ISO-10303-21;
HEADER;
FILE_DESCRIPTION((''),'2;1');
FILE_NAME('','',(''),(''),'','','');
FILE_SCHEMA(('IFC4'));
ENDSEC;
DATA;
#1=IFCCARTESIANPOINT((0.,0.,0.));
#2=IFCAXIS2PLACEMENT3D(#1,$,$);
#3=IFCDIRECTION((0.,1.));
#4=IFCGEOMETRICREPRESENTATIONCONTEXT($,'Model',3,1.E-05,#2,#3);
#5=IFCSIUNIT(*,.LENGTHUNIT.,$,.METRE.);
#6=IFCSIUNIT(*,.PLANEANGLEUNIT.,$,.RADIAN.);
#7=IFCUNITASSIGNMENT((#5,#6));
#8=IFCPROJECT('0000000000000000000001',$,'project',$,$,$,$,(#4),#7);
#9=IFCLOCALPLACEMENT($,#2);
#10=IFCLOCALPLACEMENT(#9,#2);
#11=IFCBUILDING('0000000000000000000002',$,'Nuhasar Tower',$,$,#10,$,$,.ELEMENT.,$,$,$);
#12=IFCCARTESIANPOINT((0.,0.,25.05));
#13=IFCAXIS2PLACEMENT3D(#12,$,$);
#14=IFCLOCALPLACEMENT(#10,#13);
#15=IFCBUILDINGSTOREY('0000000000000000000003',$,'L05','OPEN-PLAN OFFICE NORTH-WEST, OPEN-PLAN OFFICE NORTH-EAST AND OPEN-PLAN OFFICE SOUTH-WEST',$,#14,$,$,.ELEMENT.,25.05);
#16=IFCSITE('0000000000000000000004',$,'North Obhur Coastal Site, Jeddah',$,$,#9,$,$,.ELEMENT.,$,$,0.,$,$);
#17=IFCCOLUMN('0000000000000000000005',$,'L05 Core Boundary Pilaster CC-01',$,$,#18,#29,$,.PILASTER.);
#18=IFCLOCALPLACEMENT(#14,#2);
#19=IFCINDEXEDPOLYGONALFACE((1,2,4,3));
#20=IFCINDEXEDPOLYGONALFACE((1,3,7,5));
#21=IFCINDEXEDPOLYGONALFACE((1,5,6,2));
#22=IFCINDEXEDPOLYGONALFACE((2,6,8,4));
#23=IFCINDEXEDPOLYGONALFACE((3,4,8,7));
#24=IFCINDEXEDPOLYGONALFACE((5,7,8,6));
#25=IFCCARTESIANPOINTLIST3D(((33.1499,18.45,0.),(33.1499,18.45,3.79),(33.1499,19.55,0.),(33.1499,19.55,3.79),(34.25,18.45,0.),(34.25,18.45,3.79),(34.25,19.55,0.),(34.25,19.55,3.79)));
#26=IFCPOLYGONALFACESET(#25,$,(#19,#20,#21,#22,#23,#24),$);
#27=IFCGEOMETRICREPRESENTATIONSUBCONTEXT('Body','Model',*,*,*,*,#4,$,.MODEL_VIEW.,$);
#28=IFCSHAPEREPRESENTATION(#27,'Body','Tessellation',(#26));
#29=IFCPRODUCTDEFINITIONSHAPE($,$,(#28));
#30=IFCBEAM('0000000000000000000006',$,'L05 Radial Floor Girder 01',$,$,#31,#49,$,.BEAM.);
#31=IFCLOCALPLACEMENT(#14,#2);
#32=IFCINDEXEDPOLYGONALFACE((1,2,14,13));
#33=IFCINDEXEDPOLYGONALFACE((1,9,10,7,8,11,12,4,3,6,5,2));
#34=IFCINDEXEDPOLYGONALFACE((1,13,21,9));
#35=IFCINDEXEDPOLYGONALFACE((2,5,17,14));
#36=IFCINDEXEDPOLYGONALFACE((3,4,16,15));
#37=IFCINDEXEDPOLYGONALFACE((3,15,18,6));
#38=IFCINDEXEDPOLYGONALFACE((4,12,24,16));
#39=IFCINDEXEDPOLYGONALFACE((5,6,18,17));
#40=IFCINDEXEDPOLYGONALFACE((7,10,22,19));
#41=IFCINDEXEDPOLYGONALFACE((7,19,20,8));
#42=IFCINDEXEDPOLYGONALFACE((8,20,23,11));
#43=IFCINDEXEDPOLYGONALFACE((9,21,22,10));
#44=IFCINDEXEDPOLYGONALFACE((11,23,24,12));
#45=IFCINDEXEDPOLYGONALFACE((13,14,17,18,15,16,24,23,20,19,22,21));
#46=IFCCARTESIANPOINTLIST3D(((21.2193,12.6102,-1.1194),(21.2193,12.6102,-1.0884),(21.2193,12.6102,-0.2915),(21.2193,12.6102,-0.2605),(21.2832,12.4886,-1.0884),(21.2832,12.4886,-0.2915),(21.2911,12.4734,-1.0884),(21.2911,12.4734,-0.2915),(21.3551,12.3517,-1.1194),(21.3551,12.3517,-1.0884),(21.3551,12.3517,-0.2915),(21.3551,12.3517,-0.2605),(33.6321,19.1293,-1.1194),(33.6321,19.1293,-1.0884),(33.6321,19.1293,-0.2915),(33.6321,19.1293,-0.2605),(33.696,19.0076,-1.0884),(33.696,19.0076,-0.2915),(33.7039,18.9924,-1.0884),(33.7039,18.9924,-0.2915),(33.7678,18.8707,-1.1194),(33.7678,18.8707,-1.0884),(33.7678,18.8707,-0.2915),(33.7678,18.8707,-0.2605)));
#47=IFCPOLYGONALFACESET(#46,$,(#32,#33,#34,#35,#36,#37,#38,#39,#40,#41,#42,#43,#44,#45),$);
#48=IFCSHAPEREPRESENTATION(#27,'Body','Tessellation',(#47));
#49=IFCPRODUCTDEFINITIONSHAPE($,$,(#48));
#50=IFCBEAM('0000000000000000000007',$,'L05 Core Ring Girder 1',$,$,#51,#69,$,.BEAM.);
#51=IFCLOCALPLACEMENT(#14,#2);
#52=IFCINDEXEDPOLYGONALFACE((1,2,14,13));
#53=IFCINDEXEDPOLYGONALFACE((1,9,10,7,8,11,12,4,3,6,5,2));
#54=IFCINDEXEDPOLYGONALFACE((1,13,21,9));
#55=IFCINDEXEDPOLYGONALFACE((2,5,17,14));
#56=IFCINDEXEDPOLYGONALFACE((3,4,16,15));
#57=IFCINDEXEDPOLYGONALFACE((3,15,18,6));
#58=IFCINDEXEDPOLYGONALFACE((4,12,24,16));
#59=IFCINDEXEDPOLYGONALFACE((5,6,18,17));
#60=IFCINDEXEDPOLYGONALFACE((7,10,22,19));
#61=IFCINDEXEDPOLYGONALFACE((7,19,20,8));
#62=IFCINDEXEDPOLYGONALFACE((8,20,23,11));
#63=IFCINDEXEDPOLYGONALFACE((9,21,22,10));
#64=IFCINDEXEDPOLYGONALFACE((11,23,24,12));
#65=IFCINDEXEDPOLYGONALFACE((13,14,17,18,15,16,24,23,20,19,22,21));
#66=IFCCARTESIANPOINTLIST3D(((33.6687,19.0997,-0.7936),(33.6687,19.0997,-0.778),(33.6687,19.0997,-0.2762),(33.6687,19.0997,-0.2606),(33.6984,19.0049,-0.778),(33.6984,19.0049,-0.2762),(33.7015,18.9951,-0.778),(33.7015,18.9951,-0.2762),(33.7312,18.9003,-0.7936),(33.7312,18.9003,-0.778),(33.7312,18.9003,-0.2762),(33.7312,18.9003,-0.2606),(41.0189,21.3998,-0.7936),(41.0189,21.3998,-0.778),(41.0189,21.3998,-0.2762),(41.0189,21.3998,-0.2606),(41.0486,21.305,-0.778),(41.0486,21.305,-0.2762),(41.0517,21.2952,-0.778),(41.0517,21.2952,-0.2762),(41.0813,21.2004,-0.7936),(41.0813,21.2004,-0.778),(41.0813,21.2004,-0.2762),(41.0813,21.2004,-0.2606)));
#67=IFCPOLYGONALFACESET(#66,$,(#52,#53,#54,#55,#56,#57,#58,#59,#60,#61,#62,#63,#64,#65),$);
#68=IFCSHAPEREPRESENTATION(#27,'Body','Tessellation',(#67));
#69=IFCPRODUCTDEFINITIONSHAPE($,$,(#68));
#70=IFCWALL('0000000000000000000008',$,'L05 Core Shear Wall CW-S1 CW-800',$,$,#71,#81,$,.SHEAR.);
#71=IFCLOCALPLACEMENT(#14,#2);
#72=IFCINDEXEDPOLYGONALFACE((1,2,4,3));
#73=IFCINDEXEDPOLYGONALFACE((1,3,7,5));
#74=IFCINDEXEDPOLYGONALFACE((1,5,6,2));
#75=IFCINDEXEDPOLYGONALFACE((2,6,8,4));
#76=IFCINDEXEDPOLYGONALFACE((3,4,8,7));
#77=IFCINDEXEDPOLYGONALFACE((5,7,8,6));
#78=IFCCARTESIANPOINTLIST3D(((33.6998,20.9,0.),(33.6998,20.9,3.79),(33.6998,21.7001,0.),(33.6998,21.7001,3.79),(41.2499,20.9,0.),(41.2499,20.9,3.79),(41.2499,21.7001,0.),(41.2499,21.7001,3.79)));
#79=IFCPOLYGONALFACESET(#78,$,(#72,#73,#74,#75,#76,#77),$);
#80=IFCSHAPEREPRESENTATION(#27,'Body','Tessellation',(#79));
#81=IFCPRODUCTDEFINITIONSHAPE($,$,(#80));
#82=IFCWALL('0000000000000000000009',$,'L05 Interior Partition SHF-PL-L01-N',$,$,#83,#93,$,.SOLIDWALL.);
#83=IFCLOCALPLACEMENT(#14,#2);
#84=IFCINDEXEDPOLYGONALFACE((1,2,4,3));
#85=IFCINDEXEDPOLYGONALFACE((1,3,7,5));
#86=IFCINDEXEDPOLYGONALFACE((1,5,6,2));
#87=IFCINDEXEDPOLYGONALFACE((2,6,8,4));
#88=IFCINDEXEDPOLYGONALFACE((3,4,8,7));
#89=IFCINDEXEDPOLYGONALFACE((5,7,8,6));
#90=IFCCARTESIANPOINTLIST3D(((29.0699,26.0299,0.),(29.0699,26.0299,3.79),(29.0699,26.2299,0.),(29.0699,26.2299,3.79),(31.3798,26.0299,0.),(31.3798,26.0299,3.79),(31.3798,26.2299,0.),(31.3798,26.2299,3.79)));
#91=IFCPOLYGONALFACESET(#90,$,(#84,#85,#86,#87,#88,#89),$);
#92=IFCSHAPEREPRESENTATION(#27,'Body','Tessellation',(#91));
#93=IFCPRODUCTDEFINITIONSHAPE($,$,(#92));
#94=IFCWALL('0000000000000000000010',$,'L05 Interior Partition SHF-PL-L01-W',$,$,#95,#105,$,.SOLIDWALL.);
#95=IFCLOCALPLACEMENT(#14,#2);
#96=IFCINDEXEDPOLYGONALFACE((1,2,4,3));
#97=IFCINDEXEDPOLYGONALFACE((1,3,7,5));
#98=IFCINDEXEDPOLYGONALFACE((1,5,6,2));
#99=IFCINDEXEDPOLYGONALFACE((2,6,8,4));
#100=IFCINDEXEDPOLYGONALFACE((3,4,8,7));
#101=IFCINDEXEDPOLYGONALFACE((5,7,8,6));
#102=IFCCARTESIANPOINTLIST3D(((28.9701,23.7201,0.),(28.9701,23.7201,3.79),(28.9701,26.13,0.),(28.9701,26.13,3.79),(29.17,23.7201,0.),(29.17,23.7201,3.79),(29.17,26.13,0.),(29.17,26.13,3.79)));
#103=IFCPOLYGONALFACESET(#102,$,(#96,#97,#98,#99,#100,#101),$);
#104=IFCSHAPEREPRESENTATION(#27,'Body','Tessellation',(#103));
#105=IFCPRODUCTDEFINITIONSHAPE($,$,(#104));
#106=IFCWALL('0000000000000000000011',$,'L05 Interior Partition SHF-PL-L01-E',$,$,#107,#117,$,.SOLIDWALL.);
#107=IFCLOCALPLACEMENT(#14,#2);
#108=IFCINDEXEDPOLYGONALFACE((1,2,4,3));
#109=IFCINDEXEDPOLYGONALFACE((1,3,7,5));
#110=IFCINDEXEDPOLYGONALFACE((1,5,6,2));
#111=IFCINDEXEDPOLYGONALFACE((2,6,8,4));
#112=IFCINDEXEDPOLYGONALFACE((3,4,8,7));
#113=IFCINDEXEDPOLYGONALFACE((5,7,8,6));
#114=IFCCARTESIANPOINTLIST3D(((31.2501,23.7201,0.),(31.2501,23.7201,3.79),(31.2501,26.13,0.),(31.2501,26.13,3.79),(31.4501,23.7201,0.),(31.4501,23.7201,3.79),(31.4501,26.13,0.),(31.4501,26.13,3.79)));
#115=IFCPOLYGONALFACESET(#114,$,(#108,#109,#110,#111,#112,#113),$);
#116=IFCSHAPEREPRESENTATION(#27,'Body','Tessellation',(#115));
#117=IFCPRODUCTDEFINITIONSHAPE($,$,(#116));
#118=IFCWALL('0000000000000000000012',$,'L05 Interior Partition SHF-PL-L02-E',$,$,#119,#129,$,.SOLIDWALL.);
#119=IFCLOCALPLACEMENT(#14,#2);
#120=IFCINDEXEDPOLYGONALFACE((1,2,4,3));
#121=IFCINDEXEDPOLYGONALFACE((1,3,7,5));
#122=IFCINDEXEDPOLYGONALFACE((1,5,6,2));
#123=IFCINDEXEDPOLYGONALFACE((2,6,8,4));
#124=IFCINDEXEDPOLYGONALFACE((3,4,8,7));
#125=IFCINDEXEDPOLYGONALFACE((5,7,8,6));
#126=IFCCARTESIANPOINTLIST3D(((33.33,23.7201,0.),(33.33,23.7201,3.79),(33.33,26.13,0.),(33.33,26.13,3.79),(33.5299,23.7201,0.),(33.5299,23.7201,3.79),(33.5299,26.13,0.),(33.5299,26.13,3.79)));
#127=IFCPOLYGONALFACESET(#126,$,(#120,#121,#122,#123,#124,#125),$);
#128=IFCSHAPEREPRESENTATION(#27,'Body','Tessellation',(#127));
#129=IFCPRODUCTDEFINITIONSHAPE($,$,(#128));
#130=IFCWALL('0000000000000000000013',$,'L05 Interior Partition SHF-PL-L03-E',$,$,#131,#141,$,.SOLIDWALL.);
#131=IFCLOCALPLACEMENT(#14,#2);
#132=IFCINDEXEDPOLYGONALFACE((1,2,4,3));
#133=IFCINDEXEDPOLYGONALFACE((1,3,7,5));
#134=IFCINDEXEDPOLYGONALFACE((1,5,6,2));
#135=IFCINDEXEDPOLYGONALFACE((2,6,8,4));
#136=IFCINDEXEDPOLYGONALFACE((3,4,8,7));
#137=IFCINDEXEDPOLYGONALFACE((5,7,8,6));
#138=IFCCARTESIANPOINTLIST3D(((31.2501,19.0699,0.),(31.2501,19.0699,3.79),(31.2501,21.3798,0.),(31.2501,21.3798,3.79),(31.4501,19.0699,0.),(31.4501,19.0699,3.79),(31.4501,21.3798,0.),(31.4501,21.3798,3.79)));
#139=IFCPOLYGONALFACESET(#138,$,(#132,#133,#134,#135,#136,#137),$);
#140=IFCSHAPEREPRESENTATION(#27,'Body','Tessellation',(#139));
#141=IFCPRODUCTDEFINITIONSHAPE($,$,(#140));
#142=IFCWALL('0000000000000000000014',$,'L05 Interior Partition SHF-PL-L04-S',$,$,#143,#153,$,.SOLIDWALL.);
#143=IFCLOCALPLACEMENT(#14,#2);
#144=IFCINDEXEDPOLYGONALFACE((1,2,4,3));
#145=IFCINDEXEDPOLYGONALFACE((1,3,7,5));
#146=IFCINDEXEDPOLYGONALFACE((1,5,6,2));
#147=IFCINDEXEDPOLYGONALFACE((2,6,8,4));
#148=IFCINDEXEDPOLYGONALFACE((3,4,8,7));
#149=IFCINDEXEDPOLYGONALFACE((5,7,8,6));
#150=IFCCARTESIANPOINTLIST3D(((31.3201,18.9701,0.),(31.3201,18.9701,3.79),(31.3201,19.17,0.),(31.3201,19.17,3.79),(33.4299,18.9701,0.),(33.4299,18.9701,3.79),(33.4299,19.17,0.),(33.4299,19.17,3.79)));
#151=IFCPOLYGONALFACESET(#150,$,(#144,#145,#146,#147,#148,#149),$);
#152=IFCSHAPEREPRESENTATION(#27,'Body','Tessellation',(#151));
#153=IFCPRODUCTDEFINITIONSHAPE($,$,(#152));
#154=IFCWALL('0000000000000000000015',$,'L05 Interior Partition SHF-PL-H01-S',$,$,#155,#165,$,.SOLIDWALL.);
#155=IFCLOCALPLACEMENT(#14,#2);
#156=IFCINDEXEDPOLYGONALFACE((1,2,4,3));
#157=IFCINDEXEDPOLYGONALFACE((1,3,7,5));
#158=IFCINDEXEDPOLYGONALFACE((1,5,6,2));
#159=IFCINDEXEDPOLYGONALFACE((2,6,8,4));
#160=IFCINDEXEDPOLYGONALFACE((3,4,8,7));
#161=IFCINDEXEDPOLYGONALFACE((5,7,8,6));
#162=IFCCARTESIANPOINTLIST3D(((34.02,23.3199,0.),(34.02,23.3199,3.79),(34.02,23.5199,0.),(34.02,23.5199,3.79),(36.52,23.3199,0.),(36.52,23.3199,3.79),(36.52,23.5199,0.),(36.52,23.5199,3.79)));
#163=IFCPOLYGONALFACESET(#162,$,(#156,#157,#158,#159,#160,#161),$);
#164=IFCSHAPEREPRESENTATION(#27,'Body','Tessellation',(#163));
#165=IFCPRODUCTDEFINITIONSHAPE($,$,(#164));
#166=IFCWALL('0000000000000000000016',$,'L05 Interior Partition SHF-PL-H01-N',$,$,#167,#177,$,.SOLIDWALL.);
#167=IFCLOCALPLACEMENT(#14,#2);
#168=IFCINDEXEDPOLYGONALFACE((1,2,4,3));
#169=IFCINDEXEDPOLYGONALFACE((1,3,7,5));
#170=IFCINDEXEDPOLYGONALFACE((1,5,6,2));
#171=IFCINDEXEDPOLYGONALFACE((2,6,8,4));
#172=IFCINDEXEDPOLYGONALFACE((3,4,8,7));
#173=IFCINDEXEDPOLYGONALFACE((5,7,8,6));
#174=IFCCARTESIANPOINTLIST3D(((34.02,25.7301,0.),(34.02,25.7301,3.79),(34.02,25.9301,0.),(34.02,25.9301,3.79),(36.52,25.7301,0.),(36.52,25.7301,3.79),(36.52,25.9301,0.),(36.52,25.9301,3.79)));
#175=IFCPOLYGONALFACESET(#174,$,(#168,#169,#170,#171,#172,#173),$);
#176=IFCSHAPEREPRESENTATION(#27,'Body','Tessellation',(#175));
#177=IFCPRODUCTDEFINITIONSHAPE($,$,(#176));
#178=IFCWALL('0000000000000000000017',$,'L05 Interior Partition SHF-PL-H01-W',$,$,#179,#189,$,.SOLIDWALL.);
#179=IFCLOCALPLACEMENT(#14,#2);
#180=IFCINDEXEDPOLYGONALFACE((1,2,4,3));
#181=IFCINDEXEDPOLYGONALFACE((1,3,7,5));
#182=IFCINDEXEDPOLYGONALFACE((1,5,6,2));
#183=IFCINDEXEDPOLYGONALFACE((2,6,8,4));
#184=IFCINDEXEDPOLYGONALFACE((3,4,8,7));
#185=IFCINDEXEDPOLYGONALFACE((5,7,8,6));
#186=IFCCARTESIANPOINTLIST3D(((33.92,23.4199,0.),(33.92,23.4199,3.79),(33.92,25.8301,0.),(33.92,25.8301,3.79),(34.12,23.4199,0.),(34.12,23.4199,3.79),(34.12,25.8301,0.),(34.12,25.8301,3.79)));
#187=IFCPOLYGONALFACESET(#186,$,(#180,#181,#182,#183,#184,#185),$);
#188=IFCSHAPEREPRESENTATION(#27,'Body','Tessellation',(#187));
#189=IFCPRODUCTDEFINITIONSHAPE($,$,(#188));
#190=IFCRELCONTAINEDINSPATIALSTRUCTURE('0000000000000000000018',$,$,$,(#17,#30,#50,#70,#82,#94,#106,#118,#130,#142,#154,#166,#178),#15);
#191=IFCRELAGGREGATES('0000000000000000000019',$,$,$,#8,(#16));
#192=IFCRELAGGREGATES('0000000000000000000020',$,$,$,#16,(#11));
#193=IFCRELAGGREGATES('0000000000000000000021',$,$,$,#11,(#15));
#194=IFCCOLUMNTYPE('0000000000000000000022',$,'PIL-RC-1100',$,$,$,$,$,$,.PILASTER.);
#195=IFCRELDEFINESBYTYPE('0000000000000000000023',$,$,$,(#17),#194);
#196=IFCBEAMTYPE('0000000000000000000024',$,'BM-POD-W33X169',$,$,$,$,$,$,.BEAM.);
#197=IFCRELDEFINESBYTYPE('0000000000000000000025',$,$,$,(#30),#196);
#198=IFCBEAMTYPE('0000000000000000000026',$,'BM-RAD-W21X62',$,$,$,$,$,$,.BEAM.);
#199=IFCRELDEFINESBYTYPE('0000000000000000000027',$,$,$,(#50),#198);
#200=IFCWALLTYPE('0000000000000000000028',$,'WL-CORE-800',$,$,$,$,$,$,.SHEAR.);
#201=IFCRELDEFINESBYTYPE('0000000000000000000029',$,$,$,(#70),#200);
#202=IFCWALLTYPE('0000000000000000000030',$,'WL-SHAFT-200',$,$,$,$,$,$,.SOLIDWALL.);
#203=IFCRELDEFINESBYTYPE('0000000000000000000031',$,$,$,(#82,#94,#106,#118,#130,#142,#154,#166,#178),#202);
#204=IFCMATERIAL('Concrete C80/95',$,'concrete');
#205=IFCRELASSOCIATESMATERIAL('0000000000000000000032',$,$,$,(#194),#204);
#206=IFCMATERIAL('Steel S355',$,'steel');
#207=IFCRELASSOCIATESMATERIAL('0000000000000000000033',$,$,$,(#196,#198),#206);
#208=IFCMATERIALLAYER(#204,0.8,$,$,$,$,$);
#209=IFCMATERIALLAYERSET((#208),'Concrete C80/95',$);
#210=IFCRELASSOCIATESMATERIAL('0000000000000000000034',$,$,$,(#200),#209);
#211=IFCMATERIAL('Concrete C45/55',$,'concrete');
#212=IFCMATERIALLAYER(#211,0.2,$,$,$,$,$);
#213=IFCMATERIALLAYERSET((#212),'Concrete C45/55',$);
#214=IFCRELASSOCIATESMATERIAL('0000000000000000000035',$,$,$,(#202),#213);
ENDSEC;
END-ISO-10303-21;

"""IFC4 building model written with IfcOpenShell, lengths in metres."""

from ifc_helpers import new_model, si_unit, direction, frame, frame_2d, origin, origin_2d, place, context, subcontext, project, spatial, rectangle, i_section, extrude, material, layer, layer_set, material_profile, profile_set, type_object, element, save


model = new_model("IFC4")

# Units and contexts
model_context = context("Model", 3, precision=1e-05, world=origin(), true_north=direction((0.0, 1.0)))
body_context = subcontext(model_context, "Body", "Model", "MODEL_VIEW")
ifc_project = project(units=[si_unit("LENGTHUNIT", "METRE"), si_unit("PLANEANGLEUNIT", "RADIAN")], contexts=[model_context])

# Site, building, storey
site_placement = place(None, origin())
site = spatial("IfcSite", under=ifc_project, at=site_placement, Name="North Obhur Coastal Site, Jeddah", CompositionType="ELEMENT", RefElevation=0.0)
building_placement = place(site_placement, origin())
building = spatial("IfcBuilding", under=site, at=building_placement, Name="Nuhasar Tower", CompositionType="ELEMENT")
storey_placement = place(building_placement, frame((0.0, 0.0, 25.05)))
storey = spatial("IfcBuildingStorey", under=building, at=storey_placement, Name="L05", Description="OPEN-PLAN OFFICE NORTH-WEST, OPEN-PLAN OFFICE NORTH-EAST AND OPEN-PLAN OFFICE SOUTH-WEST", CompositionType="ELEMENT", Elevation=25.05)

# Column
ifc_material_1 = material(Name="Concrete C80/95", Category="concrete")
ifc_material_profile_1 = material_profile(ifc_material_1, rectangle(XDim=1.1001, YDim=1.1001, at=origin_2d()), Name="RC1100X1100")
ifc_profile_set_1 = profile_set([ifc_material_profile_1], Name="Concrete C80/95")
column_type = type_object("IfcColumnType", Name="PIL-RC-1100", PredefinedType="PILASTER", material=ifc_profile_set_1)
column_placement = place(storey_placement, frame((33.7, 19.0, 0.0), z_axis=(0.0, 0.0, 1.0), x_axis=(1.0, 0.0, 0.0)))
element("IfcColumn", 1, at=column_placement, inside=storey, type_object=column_type, Name="L05 Core Boundary Pilaster CC-01", PredefinedType="PILASTER", context=body_context, shape_type="SweptSolid", body=[
    extrude(rectangle(XDim=1.1001, YDim=1.1001, at=origin_2d()), origin(), (0.0, 0.0, 1.0), 3.79),
])

# Beams
ifc_material_2 = material(Name="Steel S355", Category="steel")
ifc_material_profile_2 = material_profile(ifc_material_2, i_section(OverallWidth=0.292, OverallDepth=0.8589, WebThickness=0.0171, FlangeThickness=0.031, at=origin_2d()), Name="W33X169")
ifc_profile_set_2 = profile_set([ifc_material_profile_2], Name="Steel S355")
beam_type_1 = type_object("IfcBeamType", Name="BM-POD-W33X169", PredefinedType="BEAM", material=ifc_profile_set_2)
beam_1_placement = place(storey_placement, frame((33.7, 19.0, -0.6899), z_axis=(-0.88533, -0.464963, 0.0), x_axis=(0.464963, -0.88533, 0.0)))
element("IfcBeam", 2, at=beam_1_placement, inside=storey, type_object=beam_type_1, Name="L05 Radial Floor Girder 01", PredefinedType="BEAM", context=body_context, shape_type="SweptSolid", body=[
    extrude(i_section(OverallWidth=0.292, OverallDepth=0.8589, WebThickness=0.0171, FlangeThickness=0.031, at=origin_2d()), origin(), (0.0, 0.0, 1.0), 14.0205),
])
ifc_material_profile_3 = material_profile(ifc_material_2, i_section(OverallWidth=0.209, OverallDepth=0.533, WebThickness=0.0103, FlangeThickness=0.0156, at=origin_2d()), Name="W21X62")
ifc_profile_set_3 = profile_set([ifc_material_profile_3], Name="Steel S355")
beam_type_2 = type_object("IfcBeamType", Name="BM-RAD-W21X62", PredefinedType="BEAM", material=ifc_profile_set_3)
beam_2_placement = place(storey_placement, frame((33.7, 19.0, -0.5271), z_axis=(0.954364, 0.298647, 0.0), x_axis=(-0.298647, 0.954364, 0.0)))
element("IfcBeam", 3, at=beam_2_placement, inside=storey, type_object=beam_type_2, Name="L05 Core Ring Girder 1", PredefinedType="BEAM", context=body_context, shape_type="SweptSolid", body=[
    extrude(i_section(OverallWidth=0.209, OverallDepth=0.533, WebThickness=0.0103, FlangeThickness=0.0156, at=origin_2d()), origin(), (0.0, 0.0, 1.0), 7.7017),
])

# Wall
ifc_layer_1 = layer(ifc_material_1, 0.8)
ifc_layer_set_1 = layer_set([ifc_layer_1], Name="Concrete C80/95")
wall_type_1 = type_object("IfcWallType", Name="WL-CORE-800", PredefinedType="SHEAR", material=ifc_layer_set_1)
wall_1_placement = place(storey_placement, frame((33.7, 21.3, 0.0), z_axis=(0.0, 0.0, 1.0), x_axis=(1.0, 0.0, 0.0)))
element("IfcWall", 4, at=wall_1_placement, inside=storey, type_object=wall_type_1, Name="L05 Core Shear Wall CW-S1 CW-800", PredefinedType="SHEAR", context=body_context, shape_type="SweptSolid", body=[
    extrude(rectangle(XDim=7.55, YDim=0.8, at=frame_2d((3.7749, 0.0))), origin(), (0.0, 0.0, 1.0), 3.79),
])

# Shared definitions
ifc_material_3 = material(Name="Concrete C45/55", Category="concrete")

# Walls
ifc_layer_2 = layer(ifc_material_3, 0.2)
ifc_layer_set_2 = layer_set([ifc_layer_2], Name="Concrete C45/55")
wall_type_2 = type_object("IfcWallType", Name="WL-SHAFT-200", PredefinedType="SOLIDWALL", material=ifc_layer_set_2)
wall_2_placement = place(storey_placement, frame((29.0701, 26.1299, 0.0), z_axis=(0.0, 0.0, 1.0), x_axis=(1.0, 0.0, 0.0)))
element("IfcWall", 5, at=wall_2_placement, inside=storey, type_object=wall_type_2, Name="L05 Interior Partition SHF-PL-L01-N", PredefinedType="SOLIDWALL", context=body_context, shape_type="SweptSolid", body=[
    extrude(rectangle(XDim=2.3098, YDim=0.2, at=frame_2d((1.1548, 0.0))), origin(), (0.0, 0.0, 1.0), 3.79),
])
for number, where, z_axis, x_axis, name in (
    (6, (29.0701, 23.72, 0.0), (0.0, 0.0, 1.0), (0.0, 1.0, 0.0), "L05 Interior Partition SHF-PL-L01-W"),
    (7, (31.3501, 23.72, 0.0), (0.0, 0.0, 1.0), (0.0, 1.0, 0.0), "L05 Interior Partition SHF-PL-L01-E"),
):
    element("IfcWall", number, at=place(storey_placement, frame(where, z_axis=z_axis, x_axis=x_axis)), inside=storey, type_object=wall_type_2, Name=name, PredefinedType="SOLIDWALL", context=body_context, shape_type="SweptSolid", body=[
        extrude(rectangle(XDim=2.4099, YDim=0.2, at=frame_2d((1.2051, 0.0))), origin(), (0.0, 0.0, 1.0), 3.79),
    ])

# Walls
wall_3_placement = place(storey_placement, frame((33.4299, 23.72, 0.0), z_axis=(0.0, 0.0, 1.0), x_axis=(0.0, 1.0, 0.0)))
element("IfcWall", 8, at=wall_3_placement, inside=storey, type_object=wall_type_2, Name="L05 Interior Partition SHF-PL-L02-E", PredefinedType="SOLIDWALL", context=body_context, shape_type="SweptSolid", body=[
    extrude(rectangle(XDim=2.4099, YDim=0.2, at=frame_2d((1.2051, 0.0))), origin(), (0.0, 0.0, 1.0), 3.79),
])
wall_4_placement = place(storey_placement, frame((31.3501, 19.0701, 0.0), z_axis=(0.0, 0.0, 1.0), x_axis=(0.0, 1.0, 0.0)))
element("IfcWall", 9, at=wall_4_placement, inside=storey, type_object=wall_type_2, Name="L05 Interior Partition SHF-PL-L03-E", PredefinedType="SOLIDWALL", context=body_context, shape_type="SweptSolid", body=[
    extrude(rectangle(XDim=2.3098, YDim=0.2, at=frame_2d((1.1548, 0.0))), origin(), (0.0, 0.0, 1.0), 3.79),
])
wall_5_placement = place(storey_placement, frame((31.3201, 19.0701, 0.0), z_axis=(0.0, 0.0, 1.0), x_axis=(1.0, 0.0, 0.0)))
element("IfcWall", 10, at=wall_5_placement, inside=storey, type_object=wall_type_2, Name="L05 Interior Partition SHF-PL-L04-S", PredefinedType="SOLIDWALL", context=body_context, shape_type="SweptSolid", body=[
    extrude(rectangle(XDim=2.1099, YDim=0.2, at=frame_2d((1.0549, 0.0))), origin(), (0.0, 0.0, 1.0), 3.79),
])

# Walls
for number, where, z_axis, x_axis, name in (
    (11, (34.02, 23.4199, 0.0), (0.0, 0.0, 1.0), (1.0, 0.0, 0.0), "L05 Interior Partition SHF-PL-H01-S"),
    (12, (34.02, 25.8301, 0.0), (0.0, 0.0, 1.0), (1.0, 0.0, 0.0), "L05 Interior Partition SHF-PL-H01-N"),
):
    element("IfcWall", number, at=place(storey_placement, frame(where, z_axis=z_axis, x_axis=x_axis)), inside=storey, type_object=wall_type_2, Name=name, PredefinedType="SOLIDWALL", context=body_context, shape_type="SweptSolid", body=[
        extrude(rectangle(XDim=2.5, YDim=0.2, at=frame_2d((1.25, 0.0))), origin(), (0.0, 0.0, 1.0), 3.79),
    ])
for number, where, z_axis, x_axis, name in (
    (13, (34.02, 23.4199, 0.0), (0.0, 0.0, 1.0), (0.0, 1.0, 0.0), "L05 Interior Partition SHF-PL-H01-W"),
):
    element("IfcWall", number, at=place(storey_placement, frame(where, z_axis=z_axis, x_axis=x_axis)), inside=storey, type_object=wall_type_2, Name=name, PredefinedType="SOLIDWALL", context=body_context, shape_type="SweptSolid", body=[
        extrude(rectangle(XDim=2.4102, YDim=0.2, at=frame_2d((1.2051, 0.0))), origin(), (0.0, 0.0, 1.0), 3.79),
    ])

save(model, "model.ifc")
